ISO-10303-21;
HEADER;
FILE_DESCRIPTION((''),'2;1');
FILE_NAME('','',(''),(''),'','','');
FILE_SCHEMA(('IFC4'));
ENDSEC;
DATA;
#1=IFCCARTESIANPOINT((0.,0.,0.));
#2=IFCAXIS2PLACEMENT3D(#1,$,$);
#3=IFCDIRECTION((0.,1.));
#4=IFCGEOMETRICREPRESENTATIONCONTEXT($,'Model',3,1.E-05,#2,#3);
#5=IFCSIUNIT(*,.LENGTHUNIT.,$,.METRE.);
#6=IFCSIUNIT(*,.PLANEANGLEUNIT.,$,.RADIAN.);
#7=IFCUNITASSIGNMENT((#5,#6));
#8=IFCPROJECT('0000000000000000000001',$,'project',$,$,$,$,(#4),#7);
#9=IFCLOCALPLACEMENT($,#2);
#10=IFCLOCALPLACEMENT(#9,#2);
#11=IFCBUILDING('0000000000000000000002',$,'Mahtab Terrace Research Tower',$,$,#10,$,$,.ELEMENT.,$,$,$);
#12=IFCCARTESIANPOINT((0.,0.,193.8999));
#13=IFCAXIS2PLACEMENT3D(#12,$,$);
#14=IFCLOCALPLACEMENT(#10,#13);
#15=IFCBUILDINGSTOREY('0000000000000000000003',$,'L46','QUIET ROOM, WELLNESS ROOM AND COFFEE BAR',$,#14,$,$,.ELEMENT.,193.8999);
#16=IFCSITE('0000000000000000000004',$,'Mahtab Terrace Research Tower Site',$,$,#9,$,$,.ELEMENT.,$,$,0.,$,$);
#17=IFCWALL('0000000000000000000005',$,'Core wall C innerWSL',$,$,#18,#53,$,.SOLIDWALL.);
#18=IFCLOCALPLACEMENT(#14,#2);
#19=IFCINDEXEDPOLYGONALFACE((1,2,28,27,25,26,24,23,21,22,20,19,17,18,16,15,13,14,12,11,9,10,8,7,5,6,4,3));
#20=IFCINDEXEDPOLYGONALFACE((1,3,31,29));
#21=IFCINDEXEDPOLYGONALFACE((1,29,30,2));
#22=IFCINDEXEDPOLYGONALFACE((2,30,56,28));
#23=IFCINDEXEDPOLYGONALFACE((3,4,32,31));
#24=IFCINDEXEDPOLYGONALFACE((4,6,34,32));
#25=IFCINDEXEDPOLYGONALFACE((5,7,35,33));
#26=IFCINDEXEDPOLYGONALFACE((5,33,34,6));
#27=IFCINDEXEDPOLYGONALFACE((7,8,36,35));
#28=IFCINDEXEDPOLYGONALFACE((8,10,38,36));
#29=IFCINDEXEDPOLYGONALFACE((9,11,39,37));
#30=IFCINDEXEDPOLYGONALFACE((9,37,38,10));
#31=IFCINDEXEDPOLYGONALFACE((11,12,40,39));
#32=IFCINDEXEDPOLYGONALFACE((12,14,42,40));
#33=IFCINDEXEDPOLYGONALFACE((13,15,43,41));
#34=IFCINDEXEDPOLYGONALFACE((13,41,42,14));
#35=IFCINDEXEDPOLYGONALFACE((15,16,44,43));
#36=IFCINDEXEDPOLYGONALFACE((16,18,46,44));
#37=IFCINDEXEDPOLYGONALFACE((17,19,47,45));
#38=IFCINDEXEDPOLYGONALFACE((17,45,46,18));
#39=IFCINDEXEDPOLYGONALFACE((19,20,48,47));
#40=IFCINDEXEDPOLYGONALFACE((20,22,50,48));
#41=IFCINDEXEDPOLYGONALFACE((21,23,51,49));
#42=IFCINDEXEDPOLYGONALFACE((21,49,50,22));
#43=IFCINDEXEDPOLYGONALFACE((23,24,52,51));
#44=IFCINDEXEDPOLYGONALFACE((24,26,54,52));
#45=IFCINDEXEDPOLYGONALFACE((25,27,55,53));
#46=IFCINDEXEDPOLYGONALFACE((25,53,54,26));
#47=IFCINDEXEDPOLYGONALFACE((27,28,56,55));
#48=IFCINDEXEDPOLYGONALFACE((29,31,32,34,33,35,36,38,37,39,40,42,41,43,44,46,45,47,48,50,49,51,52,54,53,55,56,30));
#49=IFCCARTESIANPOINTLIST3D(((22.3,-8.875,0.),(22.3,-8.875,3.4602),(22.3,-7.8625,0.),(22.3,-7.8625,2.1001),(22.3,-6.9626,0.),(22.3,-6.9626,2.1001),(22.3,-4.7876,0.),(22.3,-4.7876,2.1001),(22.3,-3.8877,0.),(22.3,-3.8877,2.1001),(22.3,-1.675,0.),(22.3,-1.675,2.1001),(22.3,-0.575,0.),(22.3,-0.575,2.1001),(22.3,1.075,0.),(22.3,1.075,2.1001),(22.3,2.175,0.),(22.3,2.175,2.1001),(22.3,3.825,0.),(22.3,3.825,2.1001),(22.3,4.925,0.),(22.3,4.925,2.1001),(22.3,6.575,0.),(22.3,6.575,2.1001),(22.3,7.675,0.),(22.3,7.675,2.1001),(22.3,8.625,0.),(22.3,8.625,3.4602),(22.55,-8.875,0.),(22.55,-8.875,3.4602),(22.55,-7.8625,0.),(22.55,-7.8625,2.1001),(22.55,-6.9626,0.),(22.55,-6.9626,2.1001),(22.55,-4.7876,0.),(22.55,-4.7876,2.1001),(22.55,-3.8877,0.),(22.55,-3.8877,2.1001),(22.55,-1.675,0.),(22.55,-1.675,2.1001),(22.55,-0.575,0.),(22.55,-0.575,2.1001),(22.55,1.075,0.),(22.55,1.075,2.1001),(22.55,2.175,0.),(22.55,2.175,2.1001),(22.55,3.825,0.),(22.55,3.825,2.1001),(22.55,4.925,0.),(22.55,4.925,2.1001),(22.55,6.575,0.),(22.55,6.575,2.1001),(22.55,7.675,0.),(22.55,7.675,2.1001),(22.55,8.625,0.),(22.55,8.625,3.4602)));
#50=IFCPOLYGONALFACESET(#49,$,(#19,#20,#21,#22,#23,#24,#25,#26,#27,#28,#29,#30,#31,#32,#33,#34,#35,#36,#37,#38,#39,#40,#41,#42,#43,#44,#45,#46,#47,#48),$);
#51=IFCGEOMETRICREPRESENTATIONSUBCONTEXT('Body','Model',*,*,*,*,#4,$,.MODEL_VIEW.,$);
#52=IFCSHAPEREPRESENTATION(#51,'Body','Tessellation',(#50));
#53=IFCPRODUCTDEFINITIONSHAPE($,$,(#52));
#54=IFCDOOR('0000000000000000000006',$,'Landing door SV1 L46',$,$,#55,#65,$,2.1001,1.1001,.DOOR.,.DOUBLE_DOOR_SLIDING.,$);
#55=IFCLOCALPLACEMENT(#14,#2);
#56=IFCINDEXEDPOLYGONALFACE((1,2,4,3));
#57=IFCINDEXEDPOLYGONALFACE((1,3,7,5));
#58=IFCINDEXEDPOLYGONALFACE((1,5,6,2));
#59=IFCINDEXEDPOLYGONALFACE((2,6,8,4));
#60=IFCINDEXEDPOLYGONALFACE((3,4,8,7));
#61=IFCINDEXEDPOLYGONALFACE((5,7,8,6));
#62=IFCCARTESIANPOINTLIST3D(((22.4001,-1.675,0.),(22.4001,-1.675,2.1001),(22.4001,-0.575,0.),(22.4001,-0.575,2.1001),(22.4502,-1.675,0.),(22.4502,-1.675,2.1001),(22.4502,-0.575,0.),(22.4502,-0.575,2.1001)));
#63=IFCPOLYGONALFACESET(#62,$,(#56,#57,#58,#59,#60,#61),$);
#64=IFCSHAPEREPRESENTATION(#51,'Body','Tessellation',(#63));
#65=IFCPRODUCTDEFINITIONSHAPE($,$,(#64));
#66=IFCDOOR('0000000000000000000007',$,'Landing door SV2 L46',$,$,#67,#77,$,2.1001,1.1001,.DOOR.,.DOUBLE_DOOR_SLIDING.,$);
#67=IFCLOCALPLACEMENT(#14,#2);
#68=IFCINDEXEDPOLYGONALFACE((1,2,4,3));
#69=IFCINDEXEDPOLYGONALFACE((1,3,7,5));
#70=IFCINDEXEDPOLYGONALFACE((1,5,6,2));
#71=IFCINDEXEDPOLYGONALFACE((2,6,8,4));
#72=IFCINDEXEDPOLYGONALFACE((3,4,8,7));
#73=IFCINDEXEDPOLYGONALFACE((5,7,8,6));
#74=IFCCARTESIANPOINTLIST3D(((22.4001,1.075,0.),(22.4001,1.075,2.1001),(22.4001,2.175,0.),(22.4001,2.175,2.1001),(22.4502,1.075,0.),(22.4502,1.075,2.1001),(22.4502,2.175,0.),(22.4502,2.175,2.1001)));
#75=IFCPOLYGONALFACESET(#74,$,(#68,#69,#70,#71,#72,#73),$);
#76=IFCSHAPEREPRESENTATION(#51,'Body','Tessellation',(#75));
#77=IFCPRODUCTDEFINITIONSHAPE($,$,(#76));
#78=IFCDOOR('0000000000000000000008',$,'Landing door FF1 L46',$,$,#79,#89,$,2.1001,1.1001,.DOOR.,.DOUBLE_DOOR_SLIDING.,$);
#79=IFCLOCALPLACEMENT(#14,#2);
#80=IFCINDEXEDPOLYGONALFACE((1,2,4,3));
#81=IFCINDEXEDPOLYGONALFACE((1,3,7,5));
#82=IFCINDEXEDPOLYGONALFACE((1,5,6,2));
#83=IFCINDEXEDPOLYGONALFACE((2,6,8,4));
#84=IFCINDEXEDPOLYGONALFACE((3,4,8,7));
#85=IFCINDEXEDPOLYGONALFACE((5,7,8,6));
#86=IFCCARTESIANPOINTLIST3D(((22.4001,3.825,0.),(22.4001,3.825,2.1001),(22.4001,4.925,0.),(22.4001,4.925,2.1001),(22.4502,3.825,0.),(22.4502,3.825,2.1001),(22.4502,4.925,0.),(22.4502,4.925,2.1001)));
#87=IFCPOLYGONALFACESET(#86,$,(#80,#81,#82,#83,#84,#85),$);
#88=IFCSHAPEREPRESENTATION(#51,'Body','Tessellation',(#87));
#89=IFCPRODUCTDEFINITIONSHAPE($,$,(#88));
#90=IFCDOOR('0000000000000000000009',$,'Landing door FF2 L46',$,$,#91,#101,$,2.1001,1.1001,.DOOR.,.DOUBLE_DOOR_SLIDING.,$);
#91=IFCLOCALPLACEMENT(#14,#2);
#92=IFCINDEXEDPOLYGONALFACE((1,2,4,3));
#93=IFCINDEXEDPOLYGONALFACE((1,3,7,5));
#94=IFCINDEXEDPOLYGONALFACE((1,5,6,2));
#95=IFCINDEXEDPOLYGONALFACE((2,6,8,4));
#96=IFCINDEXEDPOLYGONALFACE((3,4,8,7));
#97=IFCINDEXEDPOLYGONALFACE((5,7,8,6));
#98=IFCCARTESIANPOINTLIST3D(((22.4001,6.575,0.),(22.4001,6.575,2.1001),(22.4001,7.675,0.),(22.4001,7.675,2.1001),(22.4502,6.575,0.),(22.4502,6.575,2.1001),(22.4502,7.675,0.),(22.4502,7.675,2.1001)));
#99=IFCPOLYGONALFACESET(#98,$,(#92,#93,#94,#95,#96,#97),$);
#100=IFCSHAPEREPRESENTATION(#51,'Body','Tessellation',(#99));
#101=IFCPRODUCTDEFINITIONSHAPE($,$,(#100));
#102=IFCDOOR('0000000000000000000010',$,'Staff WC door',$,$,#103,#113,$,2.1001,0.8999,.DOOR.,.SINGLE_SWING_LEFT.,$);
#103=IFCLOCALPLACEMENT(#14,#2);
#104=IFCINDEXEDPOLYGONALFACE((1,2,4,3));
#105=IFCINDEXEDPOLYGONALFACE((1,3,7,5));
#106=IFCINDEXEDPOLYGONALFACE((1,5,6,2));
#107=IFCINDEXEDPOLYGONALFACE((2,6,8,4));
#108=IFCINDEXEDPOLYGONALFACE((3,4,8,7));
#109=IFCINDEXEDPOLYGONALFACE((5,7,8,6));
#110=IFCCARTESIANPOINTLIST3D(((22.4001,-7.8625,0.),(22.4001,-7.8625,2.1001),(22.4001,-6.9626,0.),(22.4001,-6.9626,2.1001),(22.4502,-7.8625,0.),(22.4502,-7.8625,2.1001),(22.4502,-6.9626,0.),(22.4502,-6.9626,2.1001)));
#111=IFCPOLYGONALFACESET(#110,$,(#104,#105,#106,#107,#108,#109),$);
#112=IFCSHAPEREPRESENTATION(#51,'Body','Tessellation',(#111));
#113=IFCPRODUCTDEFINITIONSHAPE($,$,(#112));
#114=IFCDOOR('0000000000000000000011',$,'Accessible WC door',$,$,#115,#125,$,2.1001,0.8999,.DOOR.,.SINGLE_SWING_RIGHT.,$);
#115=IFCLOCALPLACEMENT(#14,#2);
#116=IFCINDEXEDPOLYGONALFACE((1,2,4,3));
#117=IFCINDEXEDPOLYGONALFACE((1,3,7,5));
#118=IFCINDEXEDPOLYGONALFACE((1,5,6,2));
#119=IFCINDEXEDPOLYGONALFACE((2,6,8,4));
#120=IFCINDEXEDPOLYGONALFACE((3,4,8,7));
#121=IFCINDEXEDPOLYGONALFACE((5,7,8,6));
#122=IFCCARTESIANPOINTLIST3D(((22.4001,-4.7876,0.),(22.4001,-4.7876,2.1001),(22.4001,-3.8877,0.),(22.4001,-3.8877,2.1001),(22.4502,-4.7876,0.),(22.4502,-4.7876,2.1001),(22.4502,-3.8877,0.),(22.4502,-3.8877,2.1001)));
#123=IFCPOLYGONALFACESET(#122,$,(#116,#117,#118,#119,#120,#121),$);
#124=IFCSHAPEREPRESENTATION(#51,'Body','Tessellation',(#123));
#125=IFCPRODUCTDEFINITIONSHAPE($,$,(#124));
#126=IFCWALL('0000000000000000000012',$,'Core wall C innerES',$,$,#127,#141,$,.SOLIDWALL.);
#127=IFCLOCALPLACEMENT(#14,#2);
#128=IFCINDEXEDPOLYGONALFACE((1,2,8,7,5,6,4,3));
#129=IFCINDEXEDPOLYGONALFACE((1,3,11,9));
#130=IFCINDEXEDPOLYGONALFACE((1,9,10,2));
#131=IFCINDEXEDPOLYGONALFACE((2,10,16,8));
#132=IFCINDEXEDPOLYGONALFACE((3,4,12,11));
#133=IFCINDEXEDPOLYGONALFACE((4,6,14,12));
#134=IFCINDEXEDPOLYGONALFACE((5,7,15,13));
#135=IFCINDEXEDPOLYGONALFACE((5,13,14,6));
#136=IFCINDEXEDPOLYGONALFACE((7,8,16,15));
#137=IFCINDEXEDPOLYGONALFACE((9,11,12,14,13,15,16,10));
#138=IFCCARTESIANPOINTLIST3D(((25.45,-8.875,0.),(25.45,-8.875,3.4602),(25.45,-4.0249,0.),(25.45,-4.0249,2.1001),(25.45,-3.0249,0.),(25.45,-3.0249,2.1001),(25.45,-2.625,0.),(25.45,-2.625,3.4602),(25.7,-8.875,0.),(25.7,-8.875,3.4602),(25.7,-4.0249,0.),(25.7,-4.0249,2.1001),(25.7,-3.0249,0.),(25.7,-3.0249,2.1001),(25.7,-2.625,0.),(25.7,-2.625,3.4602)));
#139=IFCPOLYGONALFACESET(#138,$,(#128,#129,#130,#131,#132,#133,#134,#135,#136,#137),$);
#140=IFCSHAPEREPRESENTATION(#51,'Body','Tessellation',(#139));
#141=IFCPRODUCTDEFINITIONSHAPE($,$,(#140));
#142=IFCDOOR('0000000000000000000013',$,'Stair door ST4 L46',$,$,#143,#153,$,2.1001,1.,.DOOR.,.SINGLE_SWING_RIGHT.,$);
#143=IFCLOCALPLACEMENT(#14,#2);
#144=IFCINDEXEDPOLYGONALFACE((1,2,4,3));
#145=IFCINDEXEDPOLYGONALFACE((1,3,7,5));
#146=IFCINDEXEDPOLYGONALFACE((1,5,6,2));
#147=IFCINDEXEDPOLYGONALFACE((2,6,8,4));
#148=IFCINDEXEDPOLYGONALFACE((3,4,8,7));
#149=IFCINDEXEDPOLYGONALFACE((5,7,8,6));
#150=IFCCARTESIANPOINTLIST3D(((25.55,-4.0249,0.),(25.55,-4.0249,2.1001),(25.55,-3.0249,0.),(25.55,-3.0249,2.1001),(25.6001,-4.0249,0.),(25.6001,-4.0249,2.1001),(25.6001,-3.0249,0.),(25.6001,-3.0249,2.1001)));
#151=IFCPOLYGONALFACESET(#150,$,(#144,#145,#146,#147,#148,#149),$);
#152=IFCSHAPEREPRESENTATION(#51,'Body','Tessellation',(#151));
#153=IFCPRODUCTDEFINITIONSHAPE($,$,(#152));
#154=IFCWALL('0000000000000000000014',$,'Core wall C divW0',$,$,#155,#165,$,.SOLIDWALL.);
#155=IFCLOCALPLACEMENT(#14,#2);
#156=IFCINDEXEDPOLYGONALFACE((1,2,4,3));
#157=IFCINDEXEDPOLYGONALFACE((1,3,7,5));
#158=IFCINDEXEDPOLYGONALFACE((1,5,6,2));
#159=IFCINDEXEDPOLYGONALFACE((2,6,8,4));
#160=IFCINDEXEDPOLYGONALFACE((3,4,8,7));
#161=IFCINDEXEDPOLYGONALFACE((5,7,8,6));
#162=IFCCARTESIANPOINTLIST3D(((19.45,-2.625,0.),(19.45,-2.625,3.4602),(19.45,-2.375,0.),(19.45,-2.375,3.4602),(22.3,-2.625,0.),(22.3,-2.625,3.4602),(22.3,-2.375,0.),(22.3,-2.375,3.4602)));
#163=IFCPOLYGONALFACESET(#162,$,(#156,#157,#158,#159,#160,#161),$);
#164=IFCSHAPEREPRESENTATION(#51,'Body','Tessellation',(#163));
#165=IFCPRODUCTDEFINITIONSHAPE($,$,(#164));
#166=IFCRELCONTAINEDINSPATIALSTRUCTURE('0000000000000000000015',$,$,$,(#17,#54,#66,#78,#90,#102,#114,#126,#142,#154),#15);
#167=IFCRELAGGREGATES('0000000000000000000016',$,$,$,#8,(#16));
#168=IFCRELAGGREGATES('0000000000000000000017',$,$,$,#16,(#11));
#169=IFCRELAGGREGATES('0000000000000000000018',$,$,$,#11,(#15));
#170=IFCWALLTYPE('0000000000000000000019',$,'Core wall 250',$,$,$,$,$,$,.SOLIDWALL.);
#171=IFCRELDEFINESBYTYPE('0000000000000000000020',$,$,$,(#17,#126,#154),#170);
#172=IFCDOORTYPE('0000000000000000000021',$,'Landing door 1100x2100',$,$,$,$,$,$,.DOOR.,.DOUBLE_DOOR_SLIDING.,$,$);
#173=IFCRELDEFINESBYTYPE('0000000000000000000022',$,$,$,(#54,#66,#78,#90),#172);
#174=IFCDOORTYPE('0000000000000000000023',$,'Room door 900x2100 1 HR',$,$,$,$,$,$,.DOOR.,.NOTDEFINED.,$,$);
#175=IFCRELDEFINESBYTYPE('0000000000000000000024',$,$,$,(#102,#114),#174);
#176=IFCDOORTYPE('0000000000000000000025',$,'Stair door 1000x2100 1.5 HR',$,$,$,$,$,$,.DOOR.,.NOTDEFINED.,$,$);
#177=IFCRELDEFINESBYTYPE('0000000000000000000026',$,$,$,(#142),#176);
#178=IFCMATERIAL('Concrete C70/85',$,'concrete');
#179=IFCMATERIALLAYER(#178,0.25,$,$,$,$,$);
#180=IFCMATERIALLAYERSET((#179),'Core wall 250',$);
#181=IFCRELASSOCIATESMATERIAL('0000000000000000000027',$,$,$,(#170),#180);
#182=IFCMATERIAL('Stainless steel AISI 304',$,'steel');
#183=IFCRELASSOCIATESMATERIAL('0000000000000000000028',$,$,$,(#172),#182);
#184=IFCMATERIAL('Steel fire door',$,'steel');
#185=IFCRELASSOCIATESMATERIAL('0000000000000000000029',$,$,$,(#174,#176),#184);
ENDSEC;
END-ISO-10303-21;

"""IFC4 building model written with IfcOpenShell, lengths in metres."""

from ifc_helpers import new_model, si_unit, direction, frame, frame_2d, origin, place, context, subcontext, project, spatial, rectangle, extrude, material, layer, layer_set, type_object, element, fill, save


model = new_model("IFC4")

# Units and contexts
model_context = context("Model", 3, precision=1e-05, world=origin(), true_north=direction((0.0, 1.0)))
body_context = subcontext(model_context, "Body", "Model", "MODEL_VIEW")
ifc_project = project(units=[si_unit("LENGTHUNIT", "METRE"), si_unit("PLANEANGLEUNIT", "RADIAN")], contexts=[model_context])

# Site, building, storey
site_placement = place(None, origin())
site = spatial("IfcSite", under=ifc_project, at=site_placement, Name="Mahtab Terrace Research Tower Site", CompositionType="ELEMENT", RefElevation=0.0)
building_placement = place(site_placement, origin())
building = spatial("IfcBuilding", under=site, at=building_placement, Name="Mahtab Terrace Research Tower", CompositionType="ELEMENT")
storey_placement = place(building_placement, frame((0.0, 0.0, 193.8999)))
storey = spatial("IfcBuildingStorey", under=building, at=storey_placement, Name="L46", Description="QUIET ROOM, WELLNESS ROOM AND COFFEE BAR", CompositionType="ELEMENT", Elevation=193.8999)

# Wall, openings, doors
ifc_material_1 = material(Name="Concrete C70/85", Category="concrete")
ifc_layer = layer(ifc_material_1, 0.25)
ifc_layer_set = layer_set([ifc_layer], Name="Core wall 250")
wall_type = type_object("IfcWallType", Name="Core wall 250", PredefinedType="SOLIDWALL", material=ifc_layer_set)
wall_1_placement = place(storey_placement, frame((22.425, -8.875, 0.0), z_axis=(0.0, 0.0, 1.0), x_axis=(0.0, 1.0, 0.0)))
wall_1 = element("IfcWall", 1, at=wall_1_placement, inside=storey, type_object=wall_type, Name="Core wall C innerWSL", PredefinedType="SOLIDWALL", context=body_context, shape_type="SweptSolid", body=[
    extrude(rectangle(XDim=17.5, YDim=0.25, at=frame_2d((8.75, 0.0))), origin(), (0.0, 0.0, 1.0), 3.4602),
])
opening_1_placement = place(wall_1_placement, frame((7.2, 0.0, 0.0)))
opening_1 = element("IfcOpeningElement", 2, at=opening_1_placement, cuts=wall_1, PredefinedType="OPENING", context=body_context, shape_type="SweptSolid", body=[
    extrude(rectangle(XDim=1.1001, YDim=2.1001, at=frame_2d((0.55, 1.05))), frame((0.0, 0.135, 0.0), z_axis=(0.0, -1.0, 0.0), x_axis=(1.0, 0.0, 0.0)), (0.0, 0.0, 1.0), 0.27),
])
opening_2_placement = place(wall_1_placement, frame((9.95, 0.0, 0.0)))
opening_2 = element("IfcOpeningElement", 3, at=opening_2_placement, cuts=wall_1, PredefinedType="OPENING", context=body_context, shape_type="SweptSolid", body=[
    extrude(rectangle(XDim=1.1001, YDim=2.1001, at=frame_2d((0.55, 1.05))), frame((0.0, 0.135, 0.0), z_axis=(0.0, -1.0, 0.0), x_axis=(1.0, 0.0, 0.0)), (0.0, 0.0, 1.0), 0.27),
])
opening_3_placement = place(wall_1_placement, frame((12.7, 0.0, 0.0)))
opening_3 = element("IfcOpeningElement", 4, at=opening_3_placement, cuts=wall_1, PredefinedType="OPENING", context=body_context, shape_type="SweptSolid", body=[
    extrude(rectangle(XDim=1.1001, YDim=2.1001, at=frame_2d((0.55, 1.05))), frame((0.0, 0.135, 0.0), z_axis=(0.0, -1.0, 0.0), x_axis=(1.0, 0.0, 0.0)), (0.0, 0.0, 1.0), 0.27),
])
opening_4_placement = place(wall_1_placement, frame((15.45, 0.0, 0.0)))
opening_4 = element("IfcOpeningElement", 5, at=opening_4_placement, cuts=wall_1, PredefinedType="OPENING", context=body_context, shape_type="SweptSolid", body=[
    extrude(rectangle(XDim=1.1001, YDim=2.1001, at=frame_2d((0.55, 1.05))), frame((0.0, 0.135, 0.0), z_axis=(0.0, -1.0, 0.0), x_axis=(1.0, 0.0, 0.0)), (0.0, 0.0, 1.0), 0.27),
])
opening_5_placement = place(wall_1_placement, frame((1.0125, 0.0, 0.0)))
opening_5 = element("IfcOpeningElement", 6, at=opening_5_placement, cuts=wall_1, PredefinedType="OPENING", context=body_context, shape_type="SweptSolid", body=[
    extrude(rectangle(XDim=0.8999, YDim=2.1001, at=frame_2d((0.45, 1.05))), frame((0.0, 0.135, 0.0), z_axis=(0.0, -1.0, 0.0), x_axis=(1.0, 0.0, 0.0)), (0.0, 0.0, 1.0), 0.27),
])
opening_6_placement = place(wall_1_placement, frame((4.0874, 0.0, 0.0)))
opening_6 = element("IfcOpeningElement", 7, at=opening_6_placement, cuts=wall_1, PredefinedType="OPENING", context=body_context, shape_type="SweptSolid", body=[
    extrude(rectangle(XDim=0.8999, YDim=2.1001, at=frame_2d((0.45, 1.05))), frame((0.0, 0.135, 0.0), z_axis=(0.0, -1.0, 0.0), x_axis=(1.0, 0.0, 0.0)), (0.0, 0.0, 1.0), 0.27),
])
ifc_material_2 = material(Name="Stainless steel AISI 304", Category="steel")
door_type_1 = type_object("IfcDoorType", Name="Landing door 1100x2100", OperationType="DOUBLE_DOOR_SLIDING", PredefinedType="DOOR", material=ifc_material_2)
door_1_placement = place(opening_1_placement, origin())
door_1 = element("IfcDoor", 8, at=door_1_placement, inside=storey, type_object=door_type_1, Name="Landing door SV1 L46", OperationType="DOUBLE_DOOR_SLIDING", OverallHeight=2.1001, OverallWidth=1.1001, PredefinedType="DOOR", context=body_context, shape_type="SweptSolid", body=[
    extrude(rectangle(XDim=1.1001, YDim=2.1001, at=frame_2d((0.55, 1.05))), frame((0.0, 0.0249, 0.0), z_axis=(0.0, -1.0, 0.0), x_axis=(1.0, 0.0, 0.0)), (0.0, 0.0, 1.0), 0.05),
])
fill(opening_1, door_1)
door_2_placement = place(opening_2_placement, origin())
door_2 = element("IfcDoor", 9, at=door_2_placement, inside=storey, type_object=door_type_1, Name="Landing door SV2 L46", OperationType="DOUBLE_DOOR_SLIDING", OverallHeight=2.1001, OverallWidth=1.1001, PredefinedType="DOOR", context=body_context, shape_type="SweptSolid", body=[
    extrude(rectangle(XDim=1.1001, YDim=2.1001, at=frame_2d((0.55, 1.05))), frame((0.0, 0.0249, 0.0), z_axis=(0.0, -1.0, 0.0), x_axis=(1.0, 0.0, 0.0)), (0.0, 0.0, 1.0), 0.05),
])
fill(opening_2, door_2)
door_3_placement = place(opening_3_placement, origin())
door_3 = element("IfcDoor", 10, at=door_3_placement, inside=storey, type_object=door_type_1, Name="Landing door FF1 L46", OperationType="DOUBLE_DOOR_SLIDING", OverallHeight=2.1001, OverallWidth=1.1001, PredefinedType="DOOR", context=body_context, shape_type="SweptSolid", body=[
    extrude(rectangle(XDim=1.1001, YDim=2.1001, at=frame_2d((0.55, 1.05))), frame((0.0, 0.0249, 0.0), z_axis=(0.0, -1.0, 0.0), x_axis=(1.0, 0.0, 0.0)), (0.0, 0.0, 1.0), 0.05),
])
fill(opening_3, door_3)
door_4_placement = place(opening_4_placement, origin())
door_4 = element("IfcDoor", 11, at=door_4_placement, inside=storey, type_object=door_type_1, Name="Landing door FF2 L46", OperationType="DOUBLE_DOOR_SLIDING", OverallHeight=2.1001, OverallWidth=1.1001, PredefinedType="DOOR", context=body_context, shape_type="SweptSolid", body=[
    extrude(rectangle(XDim=1.1001, YDim=2.1001, at=frame_2d((0.55, 1.05))), frame((0.0, 0.0249, 0.0), z_axis=(0.0, -1.0, 0.0), x_axis=(1.0, 0.0, 0.0)), (0.0, 0.0, 1.0), 0.05),
])
fill(opening_4, door_4)
ifc_material_3 = material(Name="Steel fire door", Category="steel")
door_type_2 = type_object("IfcDoorType", Name="Room door 900x2100 1 HR", OperationType="NOTDEFINED", PredefinedType="DOOR", material=ifc_material_3)
door_5_placement = place(opening_5_placement, origin())
door_5 = element("IfcDoor", 12, at=door_5_placement, inside=storey, type_object=door_type_2, Name="Staff WC door", OperationType="SINGLE_SWING_LEFT", OverallHeight=2.1001, OverallWidth=0.8999, PredefinedType="DOOR", context=body_context, shape_type="SweptSolid", body=[
    extrude(rectangle(XDim=0.8999, YDim=2.1001, at=frame_2d((0.45, 1.05))), frame((0.0, 0.0249, 0.0), z_axis=(0.0, -1.0, 0.0), x_axis=(1.0, 0.0, 0.0)), (0.0, 0.0, 1.0), 0.05),
])
fill(opening_5, door_5)
door_6_placement = place(opening_6_placement, origin())
door_6 = element("IfcDoor", 13, at=door_6_placement, inside=storey, type_object=door_type_2, Name="Accessible WC door", OperationType="SINGLE_SWING_RIGHT", OverallHeight=2.1001, OverallWidth=0.8999, PredefinedType="DOOR", context=body_context, shape_type="SweptSolid", body=[
    extrude(rectangle(XDim=0.8999, YDim=2.1001, at=frame_2d((0.45, 1.05))), frame((0.0, 0.0249, 0.0), z_axis=(0.0, -1.0, 0.0), x_axis=(1.0, 0.0, 0.0)), (0.0, 0.0, 1.0), 0.05),
])
fill(opening_6, door_6)

# Wall, opening, door
wall_2_placement = place(storey_placement, frame((25.575, -8.875, 0.0), z_axis=(0.0, 0.0, 1.0), x_axis=(0.0, 1.0, 0.0)))
wall_2 = element("IfcWall", 14, at=wall_2_placement, inside=storey, type_object=wall_type, Name="Core wall C innerES", PredefinedType="SOLIDWALL", context=body_context, shape_type="SweptSolid", body=[
    extrude(rectangle(XDim=6.25, YDim=0.25, at=frame_2d((3.125, 0.0))), origin(), (0.0, 0.0, 1.0), 3.4602),
])
opening_7_placement = place(wall_2_placement, frame((4.8501, 0.0, 0.0)))
opening_7 = element("IfcOpeningElement", 15, at=opening_7_placement, cuts=wall_2, PredefinedType="OPENING", context=body_context, shape_type="SweptSolid", body=[
    extrude(rectangle(XDim=1.0, YDim=2.1001, at=frame_2d((0.5, 1.05))), frame((0.0, 0.135, 0.0), z_axis=(0.0, -1.0, 0.0), x_axis=(1.0, 0.0, 0.0)), (0.0, 0.0, 1.0), 0.27),
])
door_type_3 = type_object("IfcDoorType", Name="Stair door 1000x2100 1.5 HR", OperationType="NOTDEFINED", PredefinedType="DOOR", material=ifc_material_3)
door_7_placement = place(opening_7_placement, origin())
door_7 = element("IfcDoor", 16, at=door_7_placement, inside=storey, type_object=door_type_3, Name="Stair door ST4 L46", OperationType="SINGLE_SWING_RIGHT", OverallHeight=2.1001, OverallWidth=1.0, PredefinedType="DOOR", context=body_context, shape_type="SweptSolid", body=[
    extrude(rectangle(XDim=1.0, YDim=2.1001, at=frame_2d((0.5, 1.05))), frame((0.0, 0.0249, 0.0), z_axis=(0.0, -1.0, 0.0), x_axis=(1.0, 0.0, 0.0)), (0.0, 0.0, 1.0), 0.05),
])
fill(opening_7, door_7)

# Wall
for number, where, z_axis, x_axis, name in (
    (17, (19.45, -2.5, 0.0), (0.0, 0.0, 1.0), (1.0, 0.0, 0.0), "Core wall C divW0"),
):
    element("IfcWall", number, at=place(storey_placement, frame(where, z_axis=z_axis, x_axis=x_axis)), inside=storey, type_object=wall_type, Name=name, PredefinedType="SOLIDWALL", context=body_context, shape_type="SweptSolid", body=[
        extrude(rectangle(XDim=2.8501, YDim=0.25, at=frame_2d((1.425, 0.0))), origin(), (0.0, 0.0, 1.0), 3.4602),
    ])

save(model, "model.ifc")
